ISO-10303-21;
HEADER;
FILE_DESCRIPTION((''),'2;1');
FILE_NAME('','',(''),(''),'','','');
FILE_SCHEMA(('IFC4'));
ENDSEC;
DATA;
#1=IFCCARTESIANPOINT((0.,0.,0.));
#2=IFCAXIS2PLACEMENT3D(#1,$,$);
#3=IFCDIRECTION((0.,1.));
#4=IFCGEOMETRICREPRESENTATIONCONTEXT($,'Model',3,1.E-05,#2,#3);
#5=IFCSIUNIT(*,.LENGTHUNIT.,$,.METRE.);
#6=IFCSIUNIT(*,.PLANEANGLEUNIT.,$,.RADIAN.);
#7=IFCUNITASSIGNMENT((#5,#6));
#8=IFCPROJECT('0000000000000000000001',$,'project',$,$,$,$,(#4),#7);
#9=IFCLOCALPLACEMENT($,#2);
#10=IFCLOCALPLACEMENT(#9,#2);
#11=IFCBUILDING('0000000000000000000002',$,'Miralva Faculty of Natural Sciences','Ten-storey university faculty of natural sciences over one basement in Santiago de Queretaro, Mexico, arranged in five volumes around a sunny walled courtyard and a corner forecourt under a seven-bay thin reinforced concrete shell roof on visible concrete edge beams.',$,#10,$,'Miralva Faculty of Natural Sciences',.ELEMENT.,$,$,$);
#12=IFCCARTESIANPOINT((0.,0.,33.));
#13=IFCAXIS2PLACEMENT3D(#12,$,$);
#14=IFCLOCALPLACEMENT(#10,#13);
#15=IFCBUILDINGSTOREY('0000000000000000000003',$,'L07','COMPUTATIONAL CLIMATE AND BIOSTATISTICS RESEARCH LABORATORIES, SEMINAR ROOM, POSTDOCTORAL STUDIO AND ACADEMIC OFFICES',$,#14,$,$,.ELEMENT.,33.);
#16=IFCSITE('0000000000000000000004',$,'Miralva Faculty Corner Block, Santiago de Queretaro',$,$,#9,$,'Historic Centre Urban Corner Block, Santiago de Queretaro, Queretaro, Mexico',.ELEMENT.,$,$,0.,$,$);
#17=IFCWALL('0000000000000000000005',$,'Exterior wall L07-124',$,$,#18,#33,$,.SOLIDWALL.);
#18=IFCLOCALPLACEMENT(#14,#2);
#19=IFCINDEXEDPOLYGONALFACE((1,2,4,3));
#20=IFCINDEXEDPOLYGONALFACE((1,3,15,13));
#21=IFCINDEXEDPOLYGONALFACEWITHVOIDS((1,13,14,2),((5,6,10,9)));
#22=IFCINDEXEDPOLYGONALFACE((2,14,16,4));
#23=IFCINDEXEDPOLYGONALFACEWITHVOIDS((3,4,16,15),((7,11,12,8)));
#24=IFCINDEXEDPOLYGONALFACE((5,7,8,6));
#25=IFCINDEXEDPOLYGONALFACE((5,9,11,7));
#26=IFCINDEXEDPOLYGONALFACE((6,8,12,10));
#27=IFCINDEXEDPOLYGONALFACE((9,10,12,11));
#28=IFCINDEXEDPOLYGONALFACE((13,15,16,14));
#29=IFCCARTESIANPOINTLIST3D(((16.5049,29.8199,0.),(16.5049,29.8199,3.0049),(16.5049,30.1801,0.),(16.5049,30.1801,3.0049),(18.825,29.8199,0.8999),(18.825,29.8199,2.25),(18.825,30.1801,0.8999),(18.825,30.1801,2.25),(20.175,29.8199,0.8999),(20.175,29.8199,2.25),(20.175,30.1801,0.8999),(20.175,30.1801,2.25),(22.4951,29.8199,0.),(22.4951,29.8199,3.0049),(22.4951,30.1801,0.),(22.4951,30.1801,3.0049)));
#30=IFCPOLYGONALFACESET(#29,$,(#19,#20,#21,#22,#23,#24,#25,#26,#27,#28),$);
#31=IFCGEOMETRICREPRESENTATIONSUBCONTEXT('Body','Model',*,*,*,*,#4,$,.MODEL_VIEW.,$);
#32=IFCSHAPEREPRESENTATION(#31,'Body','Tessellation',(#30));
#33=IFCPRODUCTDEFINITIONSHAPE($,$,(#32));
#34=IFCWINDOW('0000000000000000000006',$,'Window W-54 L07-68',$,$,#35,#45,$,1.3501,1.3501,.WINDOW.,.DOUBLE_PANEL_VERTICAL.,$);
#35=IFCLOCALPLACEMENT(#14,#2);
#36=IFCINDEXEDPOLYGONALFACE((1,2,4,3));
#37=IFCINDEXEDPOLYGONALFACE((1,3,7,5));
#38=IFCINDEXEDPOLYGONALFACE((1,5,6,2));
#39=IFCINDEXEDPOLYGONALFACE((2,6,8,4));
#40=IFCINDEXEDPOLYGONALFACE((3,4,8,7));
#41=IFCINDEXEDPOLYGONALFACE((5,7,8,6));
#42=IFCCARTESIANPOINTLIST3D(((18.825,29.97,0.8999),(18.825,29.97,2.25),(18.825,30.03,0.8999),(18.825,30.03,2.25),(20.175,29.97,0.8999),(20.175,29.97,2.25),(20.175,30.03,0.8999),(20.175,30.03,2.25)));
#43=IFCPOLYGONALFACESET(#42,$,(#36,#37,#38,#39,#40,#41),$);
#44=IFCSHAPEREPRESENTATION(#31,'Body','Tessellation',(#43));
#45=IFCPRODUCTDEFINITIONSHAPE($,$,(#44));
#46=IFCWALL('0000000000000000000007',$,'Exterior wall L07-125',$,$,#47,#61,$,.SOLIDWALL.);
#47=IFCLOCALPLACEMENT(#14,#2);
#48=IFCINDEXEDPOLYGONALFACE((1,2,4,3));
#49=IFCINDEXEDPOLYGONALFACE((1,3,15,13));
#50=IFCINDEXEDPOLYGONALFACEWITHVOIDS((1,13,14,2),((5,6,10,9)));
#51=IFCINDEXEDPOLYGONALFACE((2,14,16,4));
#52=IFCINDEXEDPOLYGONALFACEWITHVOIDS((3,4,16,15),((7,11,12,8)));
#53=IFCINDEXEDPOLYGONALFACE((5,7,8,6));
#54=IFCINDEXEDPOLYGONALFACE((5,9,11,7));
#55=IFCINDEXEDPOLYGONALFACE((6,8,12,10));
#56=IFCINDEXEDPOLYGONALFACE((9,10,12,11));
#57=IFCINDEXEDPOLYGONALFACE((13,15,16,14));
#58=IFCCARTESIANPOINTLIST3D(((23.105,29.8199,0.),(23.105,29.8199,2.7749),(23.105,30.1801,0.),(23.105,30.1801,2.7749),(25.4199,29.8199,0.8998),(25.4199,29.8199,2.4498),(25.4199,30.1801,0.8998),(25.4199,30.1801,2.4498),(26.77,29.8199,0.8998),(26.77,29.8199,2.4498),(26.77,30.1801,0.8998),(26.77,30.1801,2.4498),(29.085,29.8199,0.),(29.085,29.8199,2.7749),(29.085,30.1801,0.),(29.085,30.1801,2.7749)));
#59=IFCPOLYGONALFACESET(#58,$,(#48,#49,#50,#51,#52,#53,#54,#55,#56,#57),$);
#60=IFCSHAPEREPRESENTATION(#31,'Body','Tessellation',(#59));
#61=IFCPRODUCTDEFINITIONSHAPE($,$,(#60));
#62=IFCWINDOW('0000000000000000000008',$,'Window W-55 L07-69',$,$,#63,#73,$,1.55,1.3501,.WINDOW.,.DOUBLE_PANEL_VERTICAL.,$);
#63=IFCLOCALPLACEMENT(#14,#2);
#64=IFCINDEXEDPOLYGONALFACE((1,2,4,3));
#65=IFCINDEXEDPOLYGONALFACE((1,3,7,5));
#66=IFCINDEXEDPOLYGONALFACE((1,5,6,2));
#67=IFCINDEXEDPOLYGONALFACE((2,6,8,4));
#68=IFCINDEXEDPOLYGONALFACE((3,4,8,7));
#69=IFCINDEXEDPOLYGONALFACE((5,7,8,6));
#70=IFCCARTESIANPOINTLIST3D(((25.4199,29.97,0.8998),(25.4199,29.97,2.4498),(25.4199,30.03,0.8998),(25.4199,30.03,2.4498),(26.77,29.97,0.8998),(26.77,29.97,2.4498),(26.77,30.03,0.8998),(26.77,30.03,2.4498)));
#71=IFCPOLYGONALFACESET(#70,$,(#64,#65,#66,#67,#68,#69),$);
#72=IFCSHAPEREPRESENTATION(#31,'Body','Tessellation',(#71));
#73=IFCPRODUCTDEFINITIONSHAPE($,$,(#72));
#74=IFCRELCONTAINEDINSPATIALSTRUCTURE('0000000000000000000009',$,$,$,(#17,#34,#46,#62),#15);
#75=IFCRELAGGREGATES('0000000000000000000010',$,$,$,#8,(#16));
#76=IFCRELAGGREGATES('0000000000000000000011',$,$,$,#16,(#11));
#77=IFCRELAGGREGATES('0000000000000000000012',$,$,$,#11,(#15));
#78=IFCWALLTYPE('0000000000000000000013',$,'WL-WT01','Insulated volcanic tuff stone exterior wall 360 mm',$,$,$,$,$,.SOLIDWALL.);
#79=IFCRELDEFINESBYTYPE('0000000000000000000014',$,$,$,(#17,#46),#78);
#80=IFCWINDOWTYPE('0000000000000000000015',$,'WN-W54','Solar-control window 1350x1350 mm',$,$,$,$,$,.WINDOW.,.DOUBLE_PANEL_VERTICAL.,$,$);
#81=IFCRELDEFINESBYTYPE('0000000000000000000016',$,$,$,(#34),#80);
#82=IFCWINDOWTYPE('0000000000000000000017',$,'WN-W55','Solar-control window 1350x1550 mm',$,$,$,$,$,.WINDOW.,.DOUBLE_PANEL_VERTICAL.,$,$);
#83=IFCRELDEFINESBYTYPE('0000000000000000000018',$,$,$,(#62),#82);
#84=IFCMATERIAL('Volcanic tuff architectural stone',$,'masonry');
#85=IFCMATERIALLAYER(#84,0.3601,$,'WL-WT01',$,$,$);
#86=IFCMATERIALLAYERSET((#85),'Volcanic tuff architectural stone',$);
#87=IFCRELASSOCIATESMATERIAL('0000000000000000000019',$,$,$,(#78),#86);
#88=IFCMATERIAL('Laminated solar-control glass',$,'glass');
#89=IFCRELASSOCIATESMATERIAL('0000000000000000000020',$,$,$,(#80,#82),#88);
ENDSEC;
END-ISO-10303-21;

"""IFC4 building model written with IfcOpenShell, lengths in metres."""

from ifc_helpers import new_model, si_unit, direction, frame, frame_2d, origin, place, context, subcontext, project, spatial, rectangle, extrude, material, layer, layer_set, type_object, element, fill, save


model = new_model("IFC4")

# Units and contexts
model_context = context("Model", 3, precision=1e-05, world=origin(), true_north=direction((0.0, 1.0)))
body_context = subcontext(model_context, "Body", "Model", "MODEL_VIEW")
ifc_project = project(units=[si_unit("LENGTHUNIT", "METRE"), si_unit("PLANEANGLEUNIT", "RADIAN")], contexts=[model_context])

# Site, building, storey
site_placement = place(None, origin())
site = spatial("IfcSite", under=ifc_project, at=site_placement, Name="Miralva Faculty Corner Block, Santiago de Queretaro", LongName="Historic Centre Urban Corner Block, Santiago de Queretaro, Queretaro, Mexico", CompositionType="ELEMENT", RefElevation=0.0)
building_placement = place(site_placement, origin())
building = spatial("IfcBuilding", under=site, at=building_placement, Name="Miralva Faculty of Natural Sciences", Description="Ten-storey university faculty of natural sciences over one basement in Santiago de Queretaro, Mexico, arranged in five volumes around a sunny walled courtyard and a corner forecourt under a seven-bay thin reinforced concrete shell roof on visible concrete edge beams.", LongName="Miralva Faculty of Natural Sciences", CompositionType="ELEMENT")
storey_placement = place(building_placement, frame((0.0, 0.0, 33.0)))
storey = spatial("IfcBuildingStorey", under=building, at=storey_placement, Name="L07", Description="COMPUTATIONAL CLIMATE AND BIOSTATISTICS RESEARCH LABORATORIES, SEMINAR ROOM, POSTDOCTORAL STUDIO AND ACADEMIC OFFICES", CompositionType="ELEMENT", Elevation=33.0)

# Shared definitions
ifc_material_1 = material(Name="Volcanic tuff architectural stone", Category="masonry")
ifc_layer_1 = layer(ifc_material_1, 0.3601, Name="WL-WT01")
ifc_layer_set_1 = layer_set([ifc_layer_1], Name="Volcanic tuff architectural stone")
wall_type_1 = type_object("IfcWallType", Name="WL-WT01", Description="Insulated volcanic tuff stone exterior wall 360 mm", PredefinedType="SOLIDWALL", material=ifc_layer_set_1)
ifc_material_2 = material(Name="Laminated solar-control glass", Category="glass")

# Walls, openings, windows
wall_1_placement = place(storey_placement, frame((16.5049, 30.0, 0.0), z_axis=(0.0, 0.0, 1.0), x_axis=(1.0, 0.0, 0.0)))
wall_1 = element("IfcWall", 1, at=wall_1_placement, inside=storey, type_object=wall_type_1, Name="Exterior wall L07-124", PredefinedType="SOLIDWALL", context=body_context, shape_type="SweptSolid", body=[
    extrude(rectangle(XDim=5.9902, YDim=0.3601, at=frame_2d((2.9951, 0.0))), origin(), (0.0, 0.0, 1.0), 3.0049),
])
opening_1_placement = place(wall_1_placement, frame((2.3201, 0.0, 0.8999)))
opening_1 = element("IfcOpeningElement", 2, at=opening_1_placement, cuts=wall_1, PredefinedType="OPENING", context=body_context, shape_type="SweptSolid", body=[
    extrude(rectangle(XDim=1.3501, YDim=1.3501, at=frame_2d((0.675, 0.675))), frame((0.0, 0.1899, 0.0), z_axis=(0.0, -1.0, 0.0), x_axis=(1.0, 0.0, 0.0)), (0.0, 0.0, 1.0), 0.3801),
])
window_type_1 = type_object("IfcWindowType", Name="WN-W54", Description="Solar-control window 1350x1350 mm", PartitioningType="DOUBLE_PANEL_VERTICAL", PredefinedType="WINDOW", material=ifc_material_2)
window_1_placement = place(opening_1_placement, origin())
window_1 = element("IfcWindow", 3, at=window_1_placement, inside=storey, type_object=window_type_1, Name="Window W-54 L07-68", OverallHeight=1.3501, OverallWidth=1.3501, PartitioningType="DOUBLE_PANEL_VERTICAL", PredefinedType="WINDOW", context=body_context, shape_type="SweptSolid", body=[
    extrude(rectangle(XDim=1.3501, YDim=1.3501, at=frame_2d((0.675, 0.675))), frame((0.0, 0.03, 0.0), z_axis=(0.0, -1.0, 0.0), x_axis=(1.0, 0.0, 0.0)), (0.0, 0.0, 1.0), 0.0601),
])
fill(opening_1, window_1)
wall_2_placement = place(storey_placement, frame((23.105, 30.0, 0.0), z_axis=(0.0, 0.0, 1.0), x_axis=(1.0, 0.0, 0.0)))
wall_2 = element("IfcWall", 4, at=wall_2_placement, inside=storey, type_object=wall_type_1, Name="Exterior wall L07-125", PredefinedType="SOLIDWALL", context=body_context, shape_type="SweptSolid", body=[
    extrude(rectangle(XDim=5.98, YDim=0.3601, at=frame_2d((2.99, 0.0))), origin(), (0.0, 0.0, 1.0), 2.7749),
])
opening_2_placement = place(wall_2_placement, frame((2.3149, 0.0, 0.8999)))
opening_2 = element("IfcOpeningElement", 5, at=opening_2_placement, cuts=wall_2, PredefinedType="OPENING", context=body_context, shape_type="SweptSolid", body=[
    extrude(rectangle(XDim=1.3501, YDim=1.55, at=frame_2d((0.675, 0.7749))), frame((0.0, 0.1899, 0.0), z_axis=(0.0, -1.0, 0.0), x_axis=(1.0, 0.0, 0.0)), (0.0, 0.0, 1.0), 0.3801),
])
window_type_2 = type_object("IfcWindowType", Name="WN-W55", Description="Solar-control window 1350x1550 mm", PartitioningType="DOUBLE_PANEL_VERTICAL", PredefinedType="WINDOW", material=ifc_material_2)
window_2_placement = place(opening_2_placement, origin())
window_2 = element("IfcWindow", 6, at=window_2_placement, inside=storey, type_object=window_type_2, Name="Window W-55 L07-69", OverallHeight=1.55, OverallWidth=1.3501, PartitioningType="DOUBLE_PANEL_VERTICAL", PredefinedType="WINDOW", context=body_context, shape_type="SweptSolid", body=[
    extrude(rectangle(XDim=1.3501, YDim=1.55, at=frame_2d((0.675, 0.7749))), frame((0.0, 0.03, 0.0), z_axis=(0.0, -1.0, 0.0), x_axis=(1.0, 0.0, 0.0)), (0.0, 0.0, 1.0), 0.0601),
])
fill(opening_2, window_2)

save(model, "model.ifc")
